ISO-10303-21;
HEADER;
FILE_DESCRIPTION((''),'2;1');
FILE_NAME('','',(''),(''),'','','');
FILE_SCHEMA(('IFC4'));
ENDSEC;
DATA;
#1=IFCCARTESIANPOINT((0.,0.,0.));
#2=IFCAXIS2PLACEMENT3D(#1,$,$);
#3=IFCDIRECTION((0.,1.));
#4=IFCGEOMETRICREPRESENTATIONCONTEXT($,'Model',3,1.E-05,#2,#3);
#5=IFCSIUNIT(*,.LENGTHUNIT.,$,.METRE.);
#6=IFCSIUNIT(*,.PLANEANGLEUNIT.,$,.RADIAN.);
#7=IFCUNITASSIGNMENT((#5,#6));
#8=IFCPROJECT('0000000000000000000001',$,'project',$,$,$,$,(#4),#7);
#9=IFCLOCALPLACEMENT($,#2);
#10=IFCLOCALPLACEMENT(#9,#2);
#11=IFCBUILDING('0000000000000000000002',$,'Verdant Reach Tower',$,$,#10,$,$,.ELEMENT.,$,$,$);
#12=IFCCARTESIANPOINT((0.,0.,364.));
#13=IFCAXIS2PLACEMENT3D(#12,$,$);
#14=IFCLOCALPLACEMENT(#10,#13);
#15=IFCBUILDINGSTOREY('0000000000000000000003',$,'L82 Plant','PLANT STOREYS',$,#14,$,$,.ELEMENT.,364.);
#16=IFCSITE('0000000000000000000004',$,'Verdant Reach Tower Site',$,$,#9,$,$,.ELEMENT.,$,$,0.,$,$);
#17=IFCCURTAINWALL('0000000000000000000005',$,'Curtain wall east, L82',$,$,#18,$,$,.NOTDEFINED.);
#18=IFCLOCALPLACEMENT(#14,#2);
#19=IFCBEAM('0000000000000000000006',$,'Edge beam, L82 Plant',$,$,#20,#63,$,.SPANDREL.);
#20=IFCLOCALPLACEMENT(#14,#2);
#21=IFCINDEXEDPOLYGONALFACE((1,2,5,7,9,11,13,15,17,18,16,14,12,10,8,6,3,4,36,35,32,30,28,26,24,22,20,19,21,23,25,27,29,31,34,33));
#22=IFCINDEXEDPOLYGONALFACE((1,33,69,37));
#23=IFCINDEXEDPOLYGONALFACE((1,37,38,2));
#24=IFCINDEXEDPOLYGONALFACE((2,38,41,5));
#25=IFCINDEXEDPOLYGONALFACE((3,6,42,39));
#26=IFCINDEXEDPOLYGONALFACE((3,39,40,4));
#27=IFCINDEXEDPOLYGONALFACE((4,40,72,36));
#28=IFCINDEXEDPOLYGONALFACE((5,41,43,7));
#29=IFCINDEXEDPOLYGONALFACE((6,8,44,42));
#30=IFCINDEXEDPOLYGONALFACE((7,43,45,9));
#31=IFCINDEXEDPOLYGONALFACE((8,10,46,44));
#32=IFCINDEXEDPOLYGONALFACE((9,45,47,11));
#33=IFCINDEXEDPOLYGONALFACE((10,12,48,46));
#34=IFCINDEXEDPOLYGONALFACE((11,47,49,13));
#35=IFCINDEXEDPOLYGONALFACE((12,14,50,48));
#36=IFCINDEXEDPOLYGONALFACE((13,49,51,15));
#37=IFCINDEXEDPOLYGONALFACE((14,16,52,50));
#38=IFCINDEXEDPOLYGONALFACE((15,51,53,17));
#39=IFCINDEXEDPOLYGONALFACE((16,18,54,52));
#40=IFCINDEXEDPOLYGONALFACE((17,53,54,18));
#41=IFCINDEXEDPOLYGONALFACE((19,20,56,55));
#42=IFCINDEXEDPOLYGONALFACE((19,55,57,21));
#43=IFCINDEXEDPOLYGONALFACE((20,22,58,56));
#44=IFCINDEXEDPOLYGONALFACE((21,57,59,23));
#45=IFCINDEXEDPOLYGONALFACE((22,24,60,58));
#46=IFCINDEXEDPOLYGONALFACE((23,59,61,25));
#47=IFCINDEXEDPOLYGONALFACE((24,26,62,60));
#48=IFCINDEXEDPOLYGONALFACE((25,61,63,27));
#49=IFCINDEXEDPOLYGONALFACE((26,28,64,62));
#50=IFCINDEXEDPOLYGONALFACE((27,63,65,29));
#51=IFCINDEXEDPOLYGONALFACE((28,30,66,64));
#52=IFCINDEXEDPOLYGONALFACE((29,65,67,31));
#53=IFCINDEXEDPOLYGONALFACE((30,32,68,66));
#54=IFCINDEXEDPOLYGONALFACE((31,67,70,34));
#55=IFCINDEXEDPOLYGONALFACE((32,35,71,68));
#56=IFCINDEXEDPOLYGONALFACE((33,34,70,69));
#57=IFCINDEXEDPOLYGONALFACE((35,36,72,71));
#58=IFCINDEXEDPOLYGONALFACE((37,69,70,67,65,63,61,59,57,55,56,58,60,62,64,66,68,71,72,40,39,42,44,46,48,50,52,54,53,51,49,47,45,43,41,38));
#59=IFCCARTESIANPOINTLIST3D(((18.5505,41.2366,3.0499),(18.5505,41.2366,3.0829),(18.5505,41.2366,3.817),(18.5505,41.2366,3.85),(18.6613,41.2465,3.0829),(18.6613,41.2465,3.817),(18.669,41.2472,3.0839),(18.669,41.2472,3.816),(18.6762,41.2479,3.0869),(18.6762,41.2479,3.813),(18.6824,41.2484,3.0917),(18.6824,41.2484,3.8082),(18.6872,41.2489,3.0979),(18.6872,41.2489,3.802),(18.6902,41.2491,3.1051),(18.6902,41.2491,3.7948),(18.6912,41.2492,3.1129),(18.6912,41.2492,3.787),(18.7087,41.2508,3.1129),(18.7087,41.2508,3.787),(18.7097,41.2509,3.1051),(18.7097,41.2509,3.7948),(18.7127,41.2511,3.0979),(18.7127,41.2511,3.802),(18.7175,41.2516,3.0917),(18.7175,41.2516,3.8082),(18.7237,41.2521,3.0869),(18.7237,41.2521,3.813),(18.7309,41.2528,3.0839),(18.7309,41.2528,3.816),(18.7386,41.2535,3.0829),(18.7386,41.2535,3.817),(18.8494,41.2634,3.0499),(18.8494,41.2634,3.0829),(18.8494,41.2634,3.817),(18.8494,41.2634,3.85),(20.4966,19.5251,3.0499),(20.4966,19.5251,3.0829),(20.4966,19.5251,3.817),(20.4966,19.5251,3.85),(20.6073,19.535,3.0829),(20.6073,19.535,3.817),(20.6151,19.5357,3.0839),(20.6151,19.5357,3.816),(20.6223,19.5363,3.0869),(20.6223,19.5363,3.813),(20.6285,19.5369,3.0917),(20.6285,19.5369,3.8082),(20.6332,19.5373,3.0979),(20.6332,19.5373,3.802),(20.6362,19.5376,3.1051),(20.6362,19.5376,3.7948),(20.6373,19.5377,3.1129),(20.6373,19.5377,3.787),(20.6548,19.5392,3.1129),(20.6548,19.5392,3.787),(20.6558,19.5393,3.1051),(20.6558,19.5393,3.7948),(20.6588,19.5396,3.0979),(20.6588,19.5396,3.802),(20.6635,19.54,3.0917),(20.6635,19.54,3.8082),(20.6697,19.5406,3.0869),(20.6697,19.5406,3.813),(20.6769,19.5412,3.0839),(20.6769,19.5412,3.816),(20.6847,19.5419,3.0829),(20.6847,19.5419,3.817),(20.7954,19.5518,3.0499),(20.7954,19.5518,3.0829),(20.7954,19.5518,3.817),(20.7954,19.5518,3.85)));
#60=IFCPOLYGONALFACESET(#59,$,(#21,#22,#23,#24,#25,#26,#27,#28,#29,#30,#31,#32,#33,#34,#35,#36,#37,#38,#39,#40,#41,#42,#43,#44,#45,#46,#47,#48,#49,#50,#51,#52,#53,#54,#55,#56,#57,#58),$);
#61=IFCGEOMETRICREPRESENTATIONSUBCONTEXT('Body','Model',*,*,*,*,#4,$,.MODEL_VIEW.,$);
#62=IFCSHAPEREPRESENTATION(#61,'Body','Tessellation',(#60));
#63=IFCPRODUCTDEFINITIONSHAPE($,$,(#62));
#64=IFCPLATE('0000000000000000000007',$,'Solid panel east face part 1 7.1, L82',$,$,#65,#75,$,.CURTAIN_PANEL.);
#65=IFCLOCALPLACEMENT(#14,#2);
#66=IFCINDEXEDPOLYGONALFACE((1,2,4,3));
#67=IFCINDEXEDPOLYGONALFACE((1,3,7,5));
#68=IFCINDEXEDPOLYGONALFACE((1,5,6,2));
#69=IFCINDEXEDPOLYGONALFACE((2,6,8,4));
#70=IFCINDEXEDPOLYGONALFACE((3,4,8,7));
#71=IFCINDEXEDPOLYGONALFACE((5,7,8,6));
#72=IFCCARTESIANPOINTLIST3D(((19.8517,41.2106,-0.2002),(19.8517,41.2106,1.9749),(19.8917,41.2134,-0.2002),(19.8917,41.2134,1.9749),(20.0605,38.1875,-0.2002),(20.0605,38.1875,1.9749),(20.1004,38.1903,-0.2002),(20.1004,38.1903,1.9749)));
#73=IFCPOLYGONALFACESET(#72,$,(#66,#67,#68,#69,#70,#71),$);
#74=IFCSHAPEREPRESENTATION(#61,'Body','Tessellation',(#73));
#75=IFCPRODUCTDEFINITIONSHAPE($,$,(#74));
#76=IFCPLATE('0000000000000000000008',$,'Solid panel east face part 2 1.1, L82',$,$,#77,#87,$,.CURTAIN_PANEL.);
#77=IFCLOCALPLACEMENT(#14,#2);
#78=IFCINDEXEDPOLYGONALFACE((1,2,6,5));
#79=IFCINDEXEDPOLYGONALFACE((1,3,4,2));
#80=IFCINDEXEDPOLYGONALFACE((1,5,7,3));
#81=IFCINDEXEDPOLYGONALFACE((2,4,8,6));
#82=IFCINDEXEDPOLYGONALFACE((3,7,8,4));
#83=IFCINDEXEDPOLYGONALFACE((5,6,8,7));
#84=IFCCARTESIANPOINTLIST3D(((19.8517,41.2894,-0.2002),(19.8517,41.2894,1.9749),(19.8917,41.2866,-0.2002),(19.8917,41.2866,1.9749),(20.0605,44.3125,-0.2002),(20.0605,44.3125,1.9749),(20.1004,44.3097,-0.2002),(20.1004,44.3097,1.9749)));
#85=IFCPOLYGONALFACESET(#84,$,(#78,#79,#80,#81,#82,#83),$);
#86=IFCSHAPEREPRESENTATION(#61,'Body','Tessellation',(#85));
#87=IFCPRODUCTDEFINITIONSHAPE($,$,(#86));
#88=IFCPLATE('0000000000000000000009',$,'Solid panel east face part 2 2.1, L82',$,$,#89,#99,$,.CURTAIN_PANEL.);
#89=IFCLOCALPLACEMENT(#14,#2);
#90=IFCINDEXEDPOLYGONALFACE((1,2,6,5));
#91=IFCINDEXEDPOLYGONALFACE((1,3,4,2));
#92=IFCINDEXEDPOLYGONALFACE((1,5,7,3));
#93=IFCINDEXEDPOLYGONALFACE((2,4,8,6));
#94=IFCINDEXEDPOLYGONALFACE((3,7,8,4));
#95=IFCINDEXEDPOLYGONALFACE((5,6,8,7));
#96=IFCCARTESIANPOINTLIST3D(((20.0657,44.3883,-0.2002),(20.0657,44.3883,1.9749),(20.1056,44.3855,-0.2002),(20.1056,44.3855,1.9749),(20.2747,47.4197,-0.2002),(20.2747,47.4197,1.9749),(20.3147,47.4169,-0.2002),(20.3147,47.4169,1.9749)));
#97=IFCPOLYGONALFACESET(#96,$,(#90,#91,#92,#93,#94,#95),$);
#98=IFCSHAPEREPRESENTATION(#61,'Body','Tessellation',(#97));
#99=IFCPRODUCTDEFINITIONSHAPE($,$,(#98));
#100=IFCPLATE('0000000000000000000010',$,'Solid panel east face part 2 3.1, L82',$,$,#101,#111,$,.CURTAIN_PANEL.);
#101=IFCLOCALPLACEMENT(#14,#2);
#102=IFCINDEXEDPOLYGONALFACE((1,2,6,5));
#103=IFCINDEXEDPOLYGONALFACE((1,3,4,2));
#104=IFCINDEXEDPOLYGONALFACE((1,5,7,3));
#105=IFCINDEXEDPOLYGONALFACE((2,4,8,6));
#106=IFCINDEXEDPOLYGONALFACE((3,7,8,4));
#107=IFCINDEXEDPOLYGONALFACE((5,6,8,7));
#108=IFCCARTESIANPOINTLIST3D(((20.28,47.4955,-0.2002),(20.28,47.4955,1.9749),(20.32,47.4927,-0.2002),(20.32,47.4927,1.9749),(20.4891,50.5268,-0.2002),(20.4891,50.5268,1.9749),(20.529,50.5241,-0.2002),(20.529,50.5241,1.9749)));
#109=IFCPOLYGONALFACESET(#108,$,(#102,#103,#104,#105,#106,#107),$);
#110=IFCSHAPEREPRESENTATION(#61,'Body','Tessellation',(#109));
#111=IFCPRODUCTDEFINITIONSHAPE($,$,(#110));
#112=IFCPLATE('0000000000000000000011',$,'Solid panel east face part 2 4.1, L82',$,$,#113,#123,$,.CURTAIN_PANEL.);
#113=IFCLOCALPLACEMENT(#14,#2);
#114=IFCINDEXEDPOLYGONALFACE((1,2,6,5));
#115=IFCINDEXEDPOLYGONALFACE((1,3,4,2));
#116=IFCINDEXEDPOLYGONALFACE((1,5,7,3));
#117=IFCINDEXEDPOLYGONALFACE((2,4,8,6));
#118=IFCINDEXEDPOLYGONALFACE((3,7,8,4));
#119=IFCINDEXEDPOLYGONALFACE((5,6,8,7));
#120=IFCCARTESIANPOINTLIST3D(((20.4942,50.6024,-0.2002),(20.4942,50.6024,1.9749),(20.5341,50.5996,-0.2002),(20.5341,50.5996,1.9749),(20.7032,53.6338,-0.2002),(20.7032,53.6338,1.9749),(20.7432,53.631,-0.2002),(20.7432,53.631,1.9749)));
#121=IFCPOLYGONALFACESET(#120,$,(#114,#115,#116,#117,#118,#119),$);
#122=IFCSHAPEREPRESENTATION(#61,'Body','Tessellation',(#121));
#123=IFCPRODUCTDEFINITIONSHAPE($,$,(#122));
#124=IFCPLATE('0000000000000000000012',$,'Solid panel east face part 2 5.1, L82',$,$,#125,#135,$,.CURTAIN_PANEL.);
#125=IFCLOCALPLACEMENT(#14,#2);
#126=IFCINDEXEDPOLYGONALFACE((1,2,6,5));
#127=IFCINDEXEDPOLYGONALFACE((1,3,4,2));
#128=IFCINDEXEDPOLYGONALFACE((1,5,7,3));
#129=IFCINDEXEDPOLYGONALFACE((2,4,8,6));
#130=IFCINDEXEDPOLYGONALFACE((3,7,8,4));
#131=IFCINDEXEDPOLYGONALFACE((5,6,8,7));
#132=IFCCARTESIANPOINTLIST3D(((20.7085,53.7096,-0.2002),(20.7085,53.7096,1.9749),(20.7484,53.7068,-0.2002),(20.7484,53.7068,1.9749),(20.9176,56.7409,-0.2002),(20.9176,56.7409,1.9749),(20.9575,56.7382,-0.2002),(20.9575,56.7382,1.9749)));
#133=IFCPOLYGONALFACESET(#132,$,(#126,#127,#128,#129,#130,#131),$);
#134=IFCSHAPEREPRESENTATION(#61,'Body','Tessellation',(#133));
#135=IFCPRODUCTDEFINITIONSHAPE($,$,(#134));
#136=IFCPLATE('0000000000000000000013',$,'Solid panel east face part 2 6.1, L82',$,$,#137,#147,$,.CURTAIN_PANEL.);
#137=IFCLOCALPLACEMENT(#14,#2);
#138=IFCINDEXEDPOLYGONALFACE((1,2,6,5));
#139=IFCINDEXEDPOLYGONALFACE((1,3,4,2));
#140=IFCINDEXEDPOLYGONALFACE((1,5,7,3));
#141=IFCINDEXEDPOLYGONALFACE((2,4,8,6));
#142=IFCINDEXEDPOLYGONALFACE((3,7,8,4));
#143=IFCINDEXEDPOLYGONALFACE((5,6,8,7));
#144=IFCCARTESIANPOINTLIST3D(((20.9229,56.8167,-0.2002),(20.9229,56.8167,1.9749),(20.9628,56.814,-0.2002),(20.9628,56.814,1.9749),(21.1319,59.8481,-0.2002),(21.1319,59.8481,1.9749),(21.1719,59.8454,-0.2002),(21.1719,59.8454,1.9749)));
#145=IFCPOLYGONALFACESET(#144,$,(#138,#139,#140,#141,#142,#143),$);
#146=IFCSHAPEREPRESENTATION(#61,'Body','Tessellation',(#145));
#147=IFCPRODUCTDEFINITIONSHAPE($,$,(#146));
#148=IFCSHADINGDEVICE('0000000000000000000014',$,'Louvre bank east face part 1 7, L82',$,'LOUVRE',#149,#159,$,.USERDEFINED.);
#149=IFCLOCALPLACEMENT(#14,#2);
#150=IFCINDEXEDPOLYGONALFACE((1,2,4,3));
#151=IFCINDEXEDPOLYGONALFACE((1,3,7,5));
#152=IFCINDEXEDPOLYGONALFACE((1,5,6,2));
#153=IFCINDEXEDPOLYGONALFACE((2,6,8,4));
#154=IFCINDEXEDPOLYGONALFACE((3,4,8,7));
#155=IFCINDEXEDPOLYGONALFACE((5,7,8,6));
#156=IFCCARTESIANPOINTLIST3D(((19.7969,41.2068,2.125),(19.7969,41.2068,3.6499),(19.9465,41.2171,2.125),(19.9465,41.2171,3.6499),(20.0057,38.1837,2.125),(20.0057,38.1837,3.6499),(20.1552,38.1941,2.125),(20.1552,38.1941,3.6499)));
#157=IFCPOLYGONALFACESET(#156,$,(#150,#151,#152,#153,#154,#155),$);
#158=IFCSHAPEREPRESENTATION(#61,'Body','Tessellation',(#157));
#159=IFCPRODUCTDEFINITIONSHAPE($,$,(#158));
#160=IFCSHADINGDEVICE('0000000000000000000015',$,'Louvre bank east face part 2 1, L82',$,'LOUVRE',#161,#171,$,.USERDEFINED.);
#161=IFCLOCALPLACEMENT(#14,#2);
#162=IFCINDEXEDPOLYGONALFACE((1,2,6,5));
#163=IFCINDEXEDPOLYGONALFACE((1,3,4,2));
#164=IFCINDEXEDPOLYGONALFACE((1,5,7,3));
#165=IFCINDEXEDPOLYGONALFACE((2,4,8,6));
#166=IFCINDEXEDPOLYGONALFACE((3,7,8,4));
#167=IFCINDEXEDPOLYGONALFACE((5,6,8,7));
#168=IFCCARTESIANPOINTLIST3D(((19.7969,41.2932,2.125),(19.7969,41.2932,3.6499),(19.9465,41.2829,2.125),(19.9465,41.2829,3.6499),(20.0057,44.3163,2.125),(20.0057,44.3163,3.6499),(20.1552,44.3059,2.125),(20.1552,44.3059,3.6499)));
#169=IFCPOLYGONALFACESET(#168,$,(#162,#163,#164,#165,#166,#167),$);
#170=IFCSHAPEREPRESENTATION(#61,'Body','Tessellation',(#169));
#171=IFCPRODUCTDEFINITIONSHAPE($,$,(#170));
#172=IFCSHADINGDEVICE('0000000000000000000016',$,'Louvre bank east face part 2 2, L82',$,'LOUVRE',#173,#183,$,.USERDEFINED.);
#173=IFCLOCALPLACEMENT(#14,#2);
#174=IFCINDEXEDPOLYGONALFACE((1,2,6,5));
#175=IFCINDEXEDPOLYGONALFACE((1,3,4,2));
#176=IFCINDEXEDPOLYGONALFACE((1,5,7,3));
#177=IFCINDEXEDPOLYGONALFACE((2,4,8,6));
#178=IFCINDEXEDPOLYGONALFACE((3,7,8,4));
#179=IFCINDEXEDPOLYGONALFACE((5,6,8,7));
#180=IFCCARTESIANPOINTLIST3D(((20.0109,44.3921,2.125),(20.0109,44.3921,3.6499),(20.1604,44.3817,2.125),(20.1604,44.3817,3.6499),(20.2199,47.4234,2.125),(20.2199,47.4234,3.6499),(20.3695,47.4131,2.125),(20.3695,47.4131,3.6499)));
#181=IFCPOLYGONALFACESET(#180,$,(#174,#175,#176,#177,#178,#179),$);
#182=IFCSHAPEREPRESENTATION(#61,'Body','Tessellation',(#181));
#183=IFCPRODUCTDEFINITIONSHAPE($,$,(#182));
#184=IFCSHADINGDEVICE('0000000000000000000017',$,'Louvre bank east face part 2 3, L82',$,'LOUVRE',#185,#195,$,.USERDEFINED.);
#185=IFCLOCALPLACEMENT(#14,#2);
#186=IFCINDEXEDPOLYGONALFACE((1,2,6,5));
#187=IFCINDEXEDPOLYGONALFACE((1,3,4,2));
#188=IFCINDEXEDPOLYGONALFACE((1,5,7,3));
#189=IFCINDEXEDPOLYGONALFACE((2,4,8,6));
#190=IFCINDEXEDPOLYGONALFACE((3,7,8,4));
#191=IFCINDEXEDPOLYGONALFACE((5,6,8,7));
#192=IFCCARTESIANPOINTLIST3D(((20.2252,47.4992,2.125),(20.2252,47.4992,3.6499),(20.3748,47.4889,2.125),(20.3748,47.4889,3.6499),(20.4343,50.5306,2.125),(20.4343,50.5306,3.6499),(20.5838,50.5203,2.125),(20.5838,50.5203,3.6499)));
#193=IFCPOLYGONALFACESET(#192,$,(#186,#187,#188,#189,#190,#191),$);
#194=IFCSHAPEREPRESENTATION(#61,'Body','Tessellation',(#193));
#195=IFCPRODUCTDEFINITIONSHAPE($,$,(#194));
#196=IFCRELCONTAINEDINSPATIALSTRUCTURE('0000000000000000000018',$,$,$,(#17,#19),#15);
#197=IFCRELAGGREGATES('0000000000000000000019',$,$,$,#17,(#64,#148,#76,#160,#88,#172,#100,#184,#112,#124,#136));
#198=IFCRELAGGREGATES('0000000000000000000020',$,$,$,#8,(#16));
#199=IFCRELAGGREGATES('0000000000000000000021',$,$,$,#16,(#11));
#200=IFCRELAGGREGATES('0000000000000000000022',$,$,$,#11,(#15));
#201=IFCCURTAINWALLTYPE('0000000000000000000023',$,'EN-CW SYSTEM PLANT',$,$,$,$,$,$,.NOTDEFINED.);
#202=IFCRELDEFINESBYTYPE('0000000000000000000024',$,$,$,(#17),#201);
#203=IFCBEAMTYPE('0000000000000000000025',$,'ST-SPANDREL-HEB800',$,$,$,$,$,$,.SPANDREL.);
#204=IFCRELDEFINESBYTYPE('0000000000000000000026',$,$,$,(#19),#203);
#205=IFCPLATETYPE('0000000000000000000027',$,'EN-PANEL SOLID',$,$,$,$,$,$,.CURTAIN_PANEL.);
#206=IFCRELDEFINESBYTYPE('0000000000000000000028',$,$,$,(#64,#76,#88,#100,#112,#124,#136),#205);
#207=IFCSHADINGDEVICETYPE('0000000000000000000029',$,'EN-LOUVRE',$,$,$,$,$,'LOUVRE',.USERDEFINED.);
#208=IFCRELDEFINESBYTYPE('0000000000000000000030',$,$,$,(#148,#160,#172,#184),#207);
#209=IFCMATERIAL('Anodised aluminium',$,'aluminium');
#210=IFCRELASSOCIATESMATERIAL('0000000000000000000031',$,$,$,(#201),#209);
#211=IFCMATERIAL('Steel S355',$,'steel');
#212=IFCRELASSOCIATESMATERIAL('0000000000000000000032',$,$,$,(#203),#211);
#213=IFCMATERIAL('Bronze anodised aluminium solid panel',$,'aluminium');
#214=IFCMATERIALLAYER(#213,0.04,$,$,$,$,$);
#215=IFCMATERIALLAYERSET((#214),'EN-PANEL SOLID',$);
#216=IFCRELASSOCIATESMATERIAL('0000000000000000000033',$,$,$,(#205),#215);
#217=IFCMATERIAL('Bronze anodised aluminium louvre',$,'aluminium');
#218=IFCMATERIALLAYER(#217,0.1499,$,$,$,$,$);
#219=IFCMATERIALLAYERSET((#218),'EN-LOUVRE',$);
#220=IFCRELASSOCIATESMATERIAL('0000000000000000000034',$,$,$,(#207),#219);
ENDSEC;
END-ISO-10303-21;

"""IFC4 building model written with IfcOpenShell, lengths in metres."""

from ifc_helpers import new_model, si_unit, direction, frame, origin, origin_2d, place, context, subcontext, project, spatial, rectangle, i_section, extrude, material, layer, layer_set, material_profile, profile_set, type_object, element, aggregate, save


model = new_model("IFC4")

# Units and contexts
model_context = context("Model", 3, precision=1e-05, world=origin(), true_north=direction((0.0, 1.0)))
body_context = subcontext(model_context, "Body", "Model", "MODEL_VIEW")
ifc_project = project(units=[si_unit("LENGTHUNIT", "METRE"), si_unit("PLANEANGLEUNIT", "RADIAN")], contexts=[model_context])

# Site, building, storey
site_placement = place(None, origin())
site = spatial("IfcSite", under=ifc_project, at=site_placement, Name="Verdant Reach Tower Site", CompositionType="ELEMENT", RefElevation=0.0)
building_placement = place(site_placement, origin())
building = spatial("IfcBuilding", under=site, at=building_placement, Name="Verdant Reach Tower", CompositionType="ELEMENT")
storey_placement = place(building_placement, frame((0.0, 0.0, 364.0)))
storey = spatial("IfcBuildingStorey", under=building, at=storey_placement, Name="L82 Plant", Description="PLANT STOREYS", CompositionType="ELEMENT", Elevation=364.0)

# Curtain wall
ifc_material_1 = material(Name="Anodised aluminium", Category="aluminium")
curtain_wall_type = type_object("IfcCurtainWallType", Name="EN-CW SYSTEM PLANT", PredefinedType="NOTDEFINED", material=ifc_material_1)
curtain_wall_placement = place(storey_placement, origin())
curtain_wall = element("IfcCurtainWall", 1, at=curtain_wall_placement, inside=storey, type_object=curtain_wall_type, Name="Curtain wall east, L82", PredefinedType="NOTDEFINED")

# Beam
ifc_material_2 = material(Name="Steel S355", Category="steel")
ifc_material_profile_1 = material_profile(ifc_material_2, i_section(OverallWidth=0.3, OverallDepth=0.8, WebThickness=0.0176, FlangeThickness=0.033, FilletRadius=0.03, at=origin_2d()), Name="HEB 800")
ifc_profile_set_1 = profile_set([ifc_material_profile_1], Name="Steel S355")
beam_type = type_object("IfcBeamType", Name="ST-SPANDREL-HEB800", PredefinedType="SPANDREL", material=ifc_profile_set_1)
beam_placement = place(storey_placement, frame((18.7, 41.25, 3.45), z_axis=(0.089274, -0.996007, 0.0), x_axis=(0.996007, 0.089274, 0.0)))
element("IfcBeam", 2, at=beam_placement, inside=storey, type_object=beam_type, Name="Edge beam, L82 Plant", PredefinedType="SPANDREL", context=body_context, shape_type="SweptSolid", body=[
    extrude(i_section(OverallWidth=0.3, OverallDepth=0.8, WebThickness=0.0176, FlangeThickness=0.033, FilletRadius=0.03, at=origin_2d()), origin(), (0.0, 0.0, 1.0), 21.7986),
])

# Plates
ifc_material_3 = material(Name="Bronze anodised aluminium solid panel", Category="aluminium")
ifc_layer_1 = layer(ifc_material_3, 0.04)
ifc_layer_set_1 = layer_set([ifc_layer_1], Name="EN-PANEL SOLID")
plate_type = type_object("IfcPlateType", Name="EN-PANEL SOLID", PredefinedType="CURTAIN_PANEL", material=ifc_layer_set_1)
plate_1_placement = place(storey_placement, frame((19.9761, 39.7004, -0.2002), z_axis=(0.0, 0.0, 1.0), x_axis=(-0.068893, 0.997624, 0.0)))
plate_1 = element("IfcPlate", 3, at=plate_1_placement, type_object=plate_type, Name="Solid panel east face part 1 7.1, L82", PredefinedType="CURTAIN_PANEL", context=body_context, shape_type="SweptSolid", body=[
    extrude(rectangle(XDim=3.0303, YDim=0.04, at=origin_2d()), origin(), (0.0, 0.0, 1.0), 2.175),
])
plate_2_placement = place(storey_placement, frame((19.9761, 42.7996, -0.2002), z_axis=(0.0, 0.0, 1.0), x_axis=(0.068893, 0.997624, 0.0)))
plate_2 = element("IfcPlate", 4, at=plate_2_placement, type_object=plate_type, Name="Solid panel east face part 2 1.1, L82", PredefinedType="CURTAIN_PANEL", context=body_context, shape_type="SweptSolid", body=[
    extrude(rectangle(XDim=3.0303, YDim=0.04, at=origin_2d()), origin(), (0.0, 0.0, 1.0), 2.175),
])
plate_3_placement = place(storey_placement, frame((20.1902, 45.9026, -0.2002), z_axis=(0.0, 0.0, 1.0), x_axis=(0.068802, 0.99763, 0.0)))
plate_3 = element("IfcPlate", 5, at=plate_3_placement, type_object=plate_type, Name="Solid panel east face part 2 2.1, L82", PredefinedType="CURTAIN_PANEL", context=body_context, shape_type="SweptSolid", body=[
    extrude(rectangle(XDim=3.0386, YDim=0.04, at=origin_2d()), origin(), (0.0, 0.0, 1.0), 2.175),
])
plate_4_placement = place(storey_placement, frame((20.4045, 49.0098, -0.2002), z_axis=(0.0, 0.0, 1.0), x_axis=(0.068802, 0.99763, 0.0)))
plate_4 = element("IfcPlate", 6, at=plate_4_placement, type_object=plate_type, Name="Solid panel east face part 2 3.1, L82", PredefinedType="CURTAIN_PANEL", context=body_context, shape_type="SweptSolid", body=[
    extrude(rectangle(XDim=3.0386, YDim=0.04, at=origin_2d()), origin(), (0.0, 0.0, 1.0), 2.175),
])
plate_5_placement = place(storey_placement, frame((20.6187, 52.1167, -0.2002), z_axis=(0.0, 0.0, 1.0), x_axis=(0.068802, 0.99763, 0.0)))
plate_5 = element("IfcPlate", 7, at=plate_5_placement, type_object=plate_type, Name="Solid panel east face part 2 4.1, L82", PredefinedType="CURTAIN_PANEL", context=body_context, shape_type="SweptSolid", body=[
    extrude(rectangle(XDim=3.0386, YDim=0.04, at=origin_2d()), origin(), (0.0, 0.0, 1.0), 2.175),
])
plate_6_placement = place(storey_placement, frame((20.833, 55.2239, -0.2002), z_axis=(0.0, 0.0, 1.0), x_axis=(0.068802, 0.99763, 0.0)))
plate_6 = element("IfcPlate", 8, at=plate_6_placement, type_object=plate_type, Name="Solid panel east face part 2 5.1, L82", PredefinedType="CURTAIN_PANEL", context=body_context, shape_type="SweptSolid", body=[
    extrude(rectangle(XDim=3.0386, YDim=0.04, at=origin_2d()), origin(), (0.0, 0.0, 1.0), 2.175),
])
plate_7_placement = place(storey_placement, frame((21.0474, 58.3311, -0.2002), z_axis=(0.0, 0.0, 1.0), x_axis=(0.068802, 0.99763, 0.0)))
plate_7 = element("IfcPlate", 9, at=plate_7_placement, type_object=plate_type, Name="Solid panel east face part 2 6.1, L82", PredefinedType="CURTAIN_PANEL", context=body_context, shape_type="SweptSolid", body=[
    extrude(rectangle(XDim=3.0386, YDim=0.04, at=origin_2d()), origin(), (0.0, 0.0, 1.0), 2.175),
])

# Shading devices
ifc_material_4 = material(Name="Bronze anodised aluminium louvre", Category="aluminium")
ifc_layer_2 = layer(ifc_material_4, 0.1499)
ifc_layer_set_2 = layer_set([ifc_layer_2], Name="EN-LOUVRE")
shading_device_type = type_object("IfcShadingDeviceType", Name="EN-LOUVRE", ElementType="LOUVRE", PredefinedType="USERDEFINED", material=ifc_layer_set_2)
shading_device_1_placement = place(storey_placement, frame((19.9761, 39.7004, 2.125), z_axis=(0.0, 0.0, 1.0), x_axis=(-0.068893, 0.997624, 0.0)))
shading_device_1 = element("IfcShadingDevice", 10, at=shading_device_1_placement, type_object=shading_device_type, Name="Louvre bank east face part 1 7, L82", ObjectType="LOUVRE", PredefinedType="USERDEFINED", context=body_context, shape_type="SweptSolid", body=[
    extrude(rectangle(XDim=3.0303, YDim=0.1499, at=origin_2d()), origin(), (0.0, 0.0, 1.0), 1.5249),
])
shading_device_2_placement = place(storey_placement, frame((19.9761, 42.7996, 2.125), z_axis=(0.0, 0.0, 1.0), x_axis=(0.068893, 0.997624, 0.0)))
shading_device_2 = element("IfcShadingDevice", 11, at=shading_device_2_placement, type_object=shading_device_type, Name="Louvre bank east face part 2 1, L82", ObjectType="LOUVRE", PredefinedType="USERDEFINED", context=body_context, shape_type="SweptSolid", body=[
    extrude(rectangle(XDim=3.0303, YDim=0.1499, at=origin_2d()), origin(), (0.0, 0.0, 1.0), 1.5249),
])
shading_device_3_placement = place(storey_placement, frame((20.1902, 45.9026, 2.125), z_axis=(0.0, 0.0, 1.0), x_axis=(0.068802, 0.99763, 0.0)))
shading_device_3 = element("IfcShadingDevice", 12, at=shading_device_3_placement, type_object=shading_device_type, Name="Louvre bank east face part 2 2, L82", ObjectType="LOUVRE", PredefinedType="USERDEFINED", context=body_context, shape_type="SweptSolid", body=[
    extrude(rectangle(XDim=3.0386, YDim=0.1499, at=origin_2d()), origin(), (0.0, 0.0, 1.0), 1.5249),
])
shading_device_4_placement = place(storey_placement, frame((20.4045, 49.0098, 2.125), z_axis=(0.0, 0.0, 1.0), x_axis=(0.068802, 0.99763, 0.0)))
shading_device_4 = element("IfcShadingDevice", 13, at=shading_device_4_placement, type_object=shading_device_type, Name="Louvre bank east face part 2 3, L82", ObjectType="LOUVRE", PredefinedType="USERDEFINED", context=body_context, shape_type="SweptSolid", body=[
    extrude(rectangle(XDim=3.0386, YDim=0.1499, at=origin_2d()), origin(), (0.0, 0.0, 1.0), 1.5249),
])
aggregate(curtain_wall, [plate_1, shading_device_1, plate_2, shading_device_2, plate_3, shading_device_3, plate_4, shading_device_4, plate_5, plate_6, plate_7])

save(model, "model.ifc")
